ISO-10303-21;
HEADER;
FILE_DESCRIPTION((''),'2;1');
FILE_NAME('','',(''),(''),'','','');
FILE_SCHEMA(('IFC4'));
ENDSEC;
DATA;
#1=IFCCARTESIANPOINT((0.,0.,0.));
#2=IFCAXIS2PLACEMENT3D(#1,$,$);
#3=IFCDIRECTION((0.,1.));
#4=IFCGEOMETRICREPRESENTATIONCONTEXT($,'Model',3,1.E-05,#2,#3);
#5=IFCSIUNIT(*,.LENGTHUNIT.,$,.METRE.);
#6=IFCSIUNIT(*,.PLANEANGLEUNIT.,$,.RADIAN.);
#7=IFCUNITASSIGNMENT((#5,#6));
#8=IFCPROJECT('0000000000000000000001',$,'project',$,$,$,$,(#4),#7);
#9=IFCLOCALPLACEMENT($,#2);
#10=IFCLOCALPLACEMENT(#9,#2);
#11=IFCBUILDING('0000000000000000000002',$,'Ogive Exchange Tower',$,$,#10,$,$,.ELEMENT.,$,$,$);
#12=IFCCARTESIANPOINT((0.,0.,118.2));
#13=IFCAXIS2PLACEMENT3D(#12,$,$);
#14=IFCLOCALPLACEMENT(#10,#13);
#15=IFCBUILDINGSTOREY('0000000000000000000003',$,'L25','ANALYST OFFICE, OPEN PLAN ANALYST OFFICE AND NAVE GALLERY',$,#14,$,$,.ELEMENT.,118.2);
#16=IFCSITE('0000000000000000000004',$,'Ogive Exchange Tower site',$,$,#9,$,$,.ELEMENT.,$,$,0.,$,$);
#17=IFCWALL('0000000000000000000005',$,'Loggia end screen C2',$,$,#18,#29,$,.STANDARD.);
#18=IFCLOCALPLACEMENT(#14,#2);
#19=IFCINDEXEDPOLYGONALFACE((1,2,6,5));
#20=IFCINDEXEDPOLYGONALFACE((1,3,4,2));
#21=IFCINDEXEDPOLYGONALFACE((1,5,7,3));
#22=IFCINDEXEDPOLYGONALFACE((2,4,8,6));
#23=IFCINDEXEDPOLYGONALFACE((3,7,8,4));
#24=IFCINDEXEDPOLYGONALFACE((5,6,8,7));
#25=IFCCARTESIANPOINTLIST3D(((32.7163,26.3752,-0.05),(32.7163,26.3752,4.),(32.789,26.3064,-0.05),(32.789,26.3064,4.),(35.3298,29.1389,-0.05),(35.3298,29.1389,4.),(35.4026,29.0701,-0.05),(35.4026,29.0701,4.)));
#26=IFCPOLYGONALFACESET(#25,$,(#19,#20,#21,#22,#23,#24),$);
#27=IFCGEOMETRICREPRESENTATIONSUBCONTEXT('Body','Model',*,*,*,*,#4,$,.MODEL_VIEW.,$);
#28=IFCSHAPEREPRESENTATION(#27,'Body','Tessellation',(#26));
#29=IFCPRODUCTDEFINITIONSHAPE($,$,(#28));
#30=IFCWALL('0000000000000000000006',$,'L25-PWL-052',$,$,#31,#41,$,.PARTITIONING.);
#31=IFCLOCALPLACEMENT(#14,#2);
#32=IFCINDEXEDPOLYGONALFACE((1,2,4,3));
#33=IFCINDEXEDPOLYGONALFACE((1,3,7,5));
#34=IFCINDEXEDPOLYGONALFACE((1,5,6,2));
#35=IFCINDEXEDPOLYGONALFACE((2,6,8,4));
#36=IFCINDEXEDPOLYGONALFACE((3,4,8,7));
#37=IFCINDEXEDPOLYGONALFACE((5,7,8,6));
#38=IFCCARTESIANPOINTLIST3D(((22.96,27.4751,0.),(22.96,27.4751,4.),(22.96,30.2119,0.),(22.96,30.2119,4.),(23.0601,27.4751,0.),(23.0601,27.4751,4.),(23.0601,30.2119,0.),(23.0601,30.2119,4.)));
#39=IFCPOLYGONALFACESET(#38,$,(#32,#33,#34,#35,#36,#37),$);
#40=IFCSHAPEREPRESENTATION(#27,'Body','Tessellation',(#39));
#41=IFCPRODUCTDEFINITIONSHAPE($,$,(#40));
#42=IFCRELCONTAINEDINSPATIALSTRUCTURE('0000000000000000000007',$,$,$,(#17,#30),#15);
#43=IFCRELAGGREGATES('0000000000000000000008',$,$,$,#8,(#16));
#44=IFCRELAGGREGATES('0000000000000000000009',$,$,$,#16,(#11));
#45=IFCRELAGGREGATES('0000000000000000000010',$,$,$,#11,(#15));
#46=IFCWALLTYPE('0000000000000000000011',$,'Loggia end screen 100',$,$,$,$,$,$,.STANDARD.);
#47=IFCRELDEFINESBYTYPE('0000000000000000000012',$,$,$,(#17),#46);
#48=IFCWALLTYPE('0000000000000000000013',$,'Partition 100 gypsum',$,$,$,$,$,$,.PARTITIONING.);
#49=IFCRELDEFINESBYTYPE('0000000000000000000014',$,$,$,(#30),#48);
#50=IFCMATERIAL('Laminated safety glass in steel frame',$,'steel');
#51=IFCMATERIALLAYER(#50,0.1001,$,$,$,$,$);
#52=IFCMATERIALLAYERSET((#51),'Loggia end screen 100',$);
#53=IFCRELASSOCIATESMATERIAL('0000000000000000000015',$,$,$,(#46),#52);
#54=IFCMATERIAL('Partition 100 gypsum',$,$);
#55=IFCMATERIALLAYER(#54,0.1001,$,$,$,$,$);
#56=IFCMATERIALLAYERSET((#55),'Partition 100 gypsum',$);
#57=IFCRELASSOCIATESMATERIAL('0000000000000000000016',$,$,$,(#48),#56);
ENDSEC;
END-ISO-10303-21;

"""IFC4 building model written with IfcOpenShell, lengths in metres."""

from ifc_helpers import new_model, si_unit, direction, frame, frame_2d, origin, place, context, subcontext, project, spatial, rectangle, extrude, material, layer, layer_set, type_object, element, save


model = new_model("IFC4")

# Units and contexts
model_context = context("Model", 3, precision=1e-05, world=origin(), true_north=direction((0.0, 1.0)))
body_context = subcontext(model_context, "Body", "Model", "MODEL_VIEW")
ifc_project = project(units=[si_unit("LENGTHUNIT", "METRE"), si_unit("PLANEANGLEUNIT", "RADIAN")], contexts=[model_context])

# Site, building, storey
site_placement = place(None, origin())
site = spatial("IfcSite", under=ifc_project, at=site_placement, Name="Ogive Exchange Tower site", CompositionType="ELEMENT", RefElevation=0.0)
building_placement = place(site_placement, origin())
building = spatial("IfcBuilding", under=site, at=building_placement, Name="Ogive Exchange Tower", CompositionType="ELEMENT")
storey_placement = place(building_placement, frame((0.0, 0.0, 118.2)))
storey = spatial("IfcBuildingStorey", under=building, at=storey_placement, Name="L25", Description="ANALYST OFFICE, OPEN PLAN ANALYST OFFICE AND NAVE GALLERY", CompositionType="ELEMENT", Elevation=118.2)

# Walls
ifc_material_1 = material(Name="Laminated safety glass in steel frame", Category="steel")
ifc_layer_1 = layer(ifc_material_1, 0.1001)
ifc_layer_set_1 = layer_set([ifc_layer_1], Name="Loggia end screen 100")
wall_type_1 = type_object("IfcWallType", Name="Loggia end screen 100", PredefinedType="STANDARD", material=ifc_layer_set_1)
wall_1_placement = place(storey_placement, frame((32.7527, 26.3408, -0.05), z_axis=(0.0, 0.0, 1.0), x_axis=(0.687095, 0.726568, 0.0)))
element("IfcWall", 1, at=wall_1_placement, inside=storey, type_object=wall_type_1, Name="Loggia end screen C2", PredefinedType="STANDARD", context=body_context, shape_type="SweptSolid", body=[
    extrude(rectangle(XDim=3.8037, YDim=0.1001, at=frame_2d((1.9019, 0.0))), origin(), (0.0, 0.0, 1.0), 4.05),
])
ifc_material_2 = material(Name="Partition 100 gypsum")
ifc_layer_2 = layer(ifc_material_2, 0.1001)
ifc_layer_set_2 = layer_set([ifc_layer_2], Name="Partition 100 gypsum")
wall_type_2 = type_object("IfcWallType", Name="Partition 100 gypsum", PredefinedType="PARTITIONING", material=ifc_layer_set_2)
wall_2_placement = place(storey_placement, frame((23.01, 30.2119, 0.0), z_axis=(0.0, 0.0, 1.0), x_axis=(0.0, -1.0, 0.0)))
element("IfcWall", 2, at=wall_2_placement, inside=storey, type_object=wall_type_2, Name="L25-PWL-052", PredefinedType="PARTITIONING", context=body_context, shape_type="SweptSolid", body=[
    extrude(rectangle(XDim=2.7368, YDim=0.1001, at=frame_2d((1.3684, 0.0))), origin(), (0.0, 0.0, 1.0), 4.0),
])

save(model, "model.ifc")
